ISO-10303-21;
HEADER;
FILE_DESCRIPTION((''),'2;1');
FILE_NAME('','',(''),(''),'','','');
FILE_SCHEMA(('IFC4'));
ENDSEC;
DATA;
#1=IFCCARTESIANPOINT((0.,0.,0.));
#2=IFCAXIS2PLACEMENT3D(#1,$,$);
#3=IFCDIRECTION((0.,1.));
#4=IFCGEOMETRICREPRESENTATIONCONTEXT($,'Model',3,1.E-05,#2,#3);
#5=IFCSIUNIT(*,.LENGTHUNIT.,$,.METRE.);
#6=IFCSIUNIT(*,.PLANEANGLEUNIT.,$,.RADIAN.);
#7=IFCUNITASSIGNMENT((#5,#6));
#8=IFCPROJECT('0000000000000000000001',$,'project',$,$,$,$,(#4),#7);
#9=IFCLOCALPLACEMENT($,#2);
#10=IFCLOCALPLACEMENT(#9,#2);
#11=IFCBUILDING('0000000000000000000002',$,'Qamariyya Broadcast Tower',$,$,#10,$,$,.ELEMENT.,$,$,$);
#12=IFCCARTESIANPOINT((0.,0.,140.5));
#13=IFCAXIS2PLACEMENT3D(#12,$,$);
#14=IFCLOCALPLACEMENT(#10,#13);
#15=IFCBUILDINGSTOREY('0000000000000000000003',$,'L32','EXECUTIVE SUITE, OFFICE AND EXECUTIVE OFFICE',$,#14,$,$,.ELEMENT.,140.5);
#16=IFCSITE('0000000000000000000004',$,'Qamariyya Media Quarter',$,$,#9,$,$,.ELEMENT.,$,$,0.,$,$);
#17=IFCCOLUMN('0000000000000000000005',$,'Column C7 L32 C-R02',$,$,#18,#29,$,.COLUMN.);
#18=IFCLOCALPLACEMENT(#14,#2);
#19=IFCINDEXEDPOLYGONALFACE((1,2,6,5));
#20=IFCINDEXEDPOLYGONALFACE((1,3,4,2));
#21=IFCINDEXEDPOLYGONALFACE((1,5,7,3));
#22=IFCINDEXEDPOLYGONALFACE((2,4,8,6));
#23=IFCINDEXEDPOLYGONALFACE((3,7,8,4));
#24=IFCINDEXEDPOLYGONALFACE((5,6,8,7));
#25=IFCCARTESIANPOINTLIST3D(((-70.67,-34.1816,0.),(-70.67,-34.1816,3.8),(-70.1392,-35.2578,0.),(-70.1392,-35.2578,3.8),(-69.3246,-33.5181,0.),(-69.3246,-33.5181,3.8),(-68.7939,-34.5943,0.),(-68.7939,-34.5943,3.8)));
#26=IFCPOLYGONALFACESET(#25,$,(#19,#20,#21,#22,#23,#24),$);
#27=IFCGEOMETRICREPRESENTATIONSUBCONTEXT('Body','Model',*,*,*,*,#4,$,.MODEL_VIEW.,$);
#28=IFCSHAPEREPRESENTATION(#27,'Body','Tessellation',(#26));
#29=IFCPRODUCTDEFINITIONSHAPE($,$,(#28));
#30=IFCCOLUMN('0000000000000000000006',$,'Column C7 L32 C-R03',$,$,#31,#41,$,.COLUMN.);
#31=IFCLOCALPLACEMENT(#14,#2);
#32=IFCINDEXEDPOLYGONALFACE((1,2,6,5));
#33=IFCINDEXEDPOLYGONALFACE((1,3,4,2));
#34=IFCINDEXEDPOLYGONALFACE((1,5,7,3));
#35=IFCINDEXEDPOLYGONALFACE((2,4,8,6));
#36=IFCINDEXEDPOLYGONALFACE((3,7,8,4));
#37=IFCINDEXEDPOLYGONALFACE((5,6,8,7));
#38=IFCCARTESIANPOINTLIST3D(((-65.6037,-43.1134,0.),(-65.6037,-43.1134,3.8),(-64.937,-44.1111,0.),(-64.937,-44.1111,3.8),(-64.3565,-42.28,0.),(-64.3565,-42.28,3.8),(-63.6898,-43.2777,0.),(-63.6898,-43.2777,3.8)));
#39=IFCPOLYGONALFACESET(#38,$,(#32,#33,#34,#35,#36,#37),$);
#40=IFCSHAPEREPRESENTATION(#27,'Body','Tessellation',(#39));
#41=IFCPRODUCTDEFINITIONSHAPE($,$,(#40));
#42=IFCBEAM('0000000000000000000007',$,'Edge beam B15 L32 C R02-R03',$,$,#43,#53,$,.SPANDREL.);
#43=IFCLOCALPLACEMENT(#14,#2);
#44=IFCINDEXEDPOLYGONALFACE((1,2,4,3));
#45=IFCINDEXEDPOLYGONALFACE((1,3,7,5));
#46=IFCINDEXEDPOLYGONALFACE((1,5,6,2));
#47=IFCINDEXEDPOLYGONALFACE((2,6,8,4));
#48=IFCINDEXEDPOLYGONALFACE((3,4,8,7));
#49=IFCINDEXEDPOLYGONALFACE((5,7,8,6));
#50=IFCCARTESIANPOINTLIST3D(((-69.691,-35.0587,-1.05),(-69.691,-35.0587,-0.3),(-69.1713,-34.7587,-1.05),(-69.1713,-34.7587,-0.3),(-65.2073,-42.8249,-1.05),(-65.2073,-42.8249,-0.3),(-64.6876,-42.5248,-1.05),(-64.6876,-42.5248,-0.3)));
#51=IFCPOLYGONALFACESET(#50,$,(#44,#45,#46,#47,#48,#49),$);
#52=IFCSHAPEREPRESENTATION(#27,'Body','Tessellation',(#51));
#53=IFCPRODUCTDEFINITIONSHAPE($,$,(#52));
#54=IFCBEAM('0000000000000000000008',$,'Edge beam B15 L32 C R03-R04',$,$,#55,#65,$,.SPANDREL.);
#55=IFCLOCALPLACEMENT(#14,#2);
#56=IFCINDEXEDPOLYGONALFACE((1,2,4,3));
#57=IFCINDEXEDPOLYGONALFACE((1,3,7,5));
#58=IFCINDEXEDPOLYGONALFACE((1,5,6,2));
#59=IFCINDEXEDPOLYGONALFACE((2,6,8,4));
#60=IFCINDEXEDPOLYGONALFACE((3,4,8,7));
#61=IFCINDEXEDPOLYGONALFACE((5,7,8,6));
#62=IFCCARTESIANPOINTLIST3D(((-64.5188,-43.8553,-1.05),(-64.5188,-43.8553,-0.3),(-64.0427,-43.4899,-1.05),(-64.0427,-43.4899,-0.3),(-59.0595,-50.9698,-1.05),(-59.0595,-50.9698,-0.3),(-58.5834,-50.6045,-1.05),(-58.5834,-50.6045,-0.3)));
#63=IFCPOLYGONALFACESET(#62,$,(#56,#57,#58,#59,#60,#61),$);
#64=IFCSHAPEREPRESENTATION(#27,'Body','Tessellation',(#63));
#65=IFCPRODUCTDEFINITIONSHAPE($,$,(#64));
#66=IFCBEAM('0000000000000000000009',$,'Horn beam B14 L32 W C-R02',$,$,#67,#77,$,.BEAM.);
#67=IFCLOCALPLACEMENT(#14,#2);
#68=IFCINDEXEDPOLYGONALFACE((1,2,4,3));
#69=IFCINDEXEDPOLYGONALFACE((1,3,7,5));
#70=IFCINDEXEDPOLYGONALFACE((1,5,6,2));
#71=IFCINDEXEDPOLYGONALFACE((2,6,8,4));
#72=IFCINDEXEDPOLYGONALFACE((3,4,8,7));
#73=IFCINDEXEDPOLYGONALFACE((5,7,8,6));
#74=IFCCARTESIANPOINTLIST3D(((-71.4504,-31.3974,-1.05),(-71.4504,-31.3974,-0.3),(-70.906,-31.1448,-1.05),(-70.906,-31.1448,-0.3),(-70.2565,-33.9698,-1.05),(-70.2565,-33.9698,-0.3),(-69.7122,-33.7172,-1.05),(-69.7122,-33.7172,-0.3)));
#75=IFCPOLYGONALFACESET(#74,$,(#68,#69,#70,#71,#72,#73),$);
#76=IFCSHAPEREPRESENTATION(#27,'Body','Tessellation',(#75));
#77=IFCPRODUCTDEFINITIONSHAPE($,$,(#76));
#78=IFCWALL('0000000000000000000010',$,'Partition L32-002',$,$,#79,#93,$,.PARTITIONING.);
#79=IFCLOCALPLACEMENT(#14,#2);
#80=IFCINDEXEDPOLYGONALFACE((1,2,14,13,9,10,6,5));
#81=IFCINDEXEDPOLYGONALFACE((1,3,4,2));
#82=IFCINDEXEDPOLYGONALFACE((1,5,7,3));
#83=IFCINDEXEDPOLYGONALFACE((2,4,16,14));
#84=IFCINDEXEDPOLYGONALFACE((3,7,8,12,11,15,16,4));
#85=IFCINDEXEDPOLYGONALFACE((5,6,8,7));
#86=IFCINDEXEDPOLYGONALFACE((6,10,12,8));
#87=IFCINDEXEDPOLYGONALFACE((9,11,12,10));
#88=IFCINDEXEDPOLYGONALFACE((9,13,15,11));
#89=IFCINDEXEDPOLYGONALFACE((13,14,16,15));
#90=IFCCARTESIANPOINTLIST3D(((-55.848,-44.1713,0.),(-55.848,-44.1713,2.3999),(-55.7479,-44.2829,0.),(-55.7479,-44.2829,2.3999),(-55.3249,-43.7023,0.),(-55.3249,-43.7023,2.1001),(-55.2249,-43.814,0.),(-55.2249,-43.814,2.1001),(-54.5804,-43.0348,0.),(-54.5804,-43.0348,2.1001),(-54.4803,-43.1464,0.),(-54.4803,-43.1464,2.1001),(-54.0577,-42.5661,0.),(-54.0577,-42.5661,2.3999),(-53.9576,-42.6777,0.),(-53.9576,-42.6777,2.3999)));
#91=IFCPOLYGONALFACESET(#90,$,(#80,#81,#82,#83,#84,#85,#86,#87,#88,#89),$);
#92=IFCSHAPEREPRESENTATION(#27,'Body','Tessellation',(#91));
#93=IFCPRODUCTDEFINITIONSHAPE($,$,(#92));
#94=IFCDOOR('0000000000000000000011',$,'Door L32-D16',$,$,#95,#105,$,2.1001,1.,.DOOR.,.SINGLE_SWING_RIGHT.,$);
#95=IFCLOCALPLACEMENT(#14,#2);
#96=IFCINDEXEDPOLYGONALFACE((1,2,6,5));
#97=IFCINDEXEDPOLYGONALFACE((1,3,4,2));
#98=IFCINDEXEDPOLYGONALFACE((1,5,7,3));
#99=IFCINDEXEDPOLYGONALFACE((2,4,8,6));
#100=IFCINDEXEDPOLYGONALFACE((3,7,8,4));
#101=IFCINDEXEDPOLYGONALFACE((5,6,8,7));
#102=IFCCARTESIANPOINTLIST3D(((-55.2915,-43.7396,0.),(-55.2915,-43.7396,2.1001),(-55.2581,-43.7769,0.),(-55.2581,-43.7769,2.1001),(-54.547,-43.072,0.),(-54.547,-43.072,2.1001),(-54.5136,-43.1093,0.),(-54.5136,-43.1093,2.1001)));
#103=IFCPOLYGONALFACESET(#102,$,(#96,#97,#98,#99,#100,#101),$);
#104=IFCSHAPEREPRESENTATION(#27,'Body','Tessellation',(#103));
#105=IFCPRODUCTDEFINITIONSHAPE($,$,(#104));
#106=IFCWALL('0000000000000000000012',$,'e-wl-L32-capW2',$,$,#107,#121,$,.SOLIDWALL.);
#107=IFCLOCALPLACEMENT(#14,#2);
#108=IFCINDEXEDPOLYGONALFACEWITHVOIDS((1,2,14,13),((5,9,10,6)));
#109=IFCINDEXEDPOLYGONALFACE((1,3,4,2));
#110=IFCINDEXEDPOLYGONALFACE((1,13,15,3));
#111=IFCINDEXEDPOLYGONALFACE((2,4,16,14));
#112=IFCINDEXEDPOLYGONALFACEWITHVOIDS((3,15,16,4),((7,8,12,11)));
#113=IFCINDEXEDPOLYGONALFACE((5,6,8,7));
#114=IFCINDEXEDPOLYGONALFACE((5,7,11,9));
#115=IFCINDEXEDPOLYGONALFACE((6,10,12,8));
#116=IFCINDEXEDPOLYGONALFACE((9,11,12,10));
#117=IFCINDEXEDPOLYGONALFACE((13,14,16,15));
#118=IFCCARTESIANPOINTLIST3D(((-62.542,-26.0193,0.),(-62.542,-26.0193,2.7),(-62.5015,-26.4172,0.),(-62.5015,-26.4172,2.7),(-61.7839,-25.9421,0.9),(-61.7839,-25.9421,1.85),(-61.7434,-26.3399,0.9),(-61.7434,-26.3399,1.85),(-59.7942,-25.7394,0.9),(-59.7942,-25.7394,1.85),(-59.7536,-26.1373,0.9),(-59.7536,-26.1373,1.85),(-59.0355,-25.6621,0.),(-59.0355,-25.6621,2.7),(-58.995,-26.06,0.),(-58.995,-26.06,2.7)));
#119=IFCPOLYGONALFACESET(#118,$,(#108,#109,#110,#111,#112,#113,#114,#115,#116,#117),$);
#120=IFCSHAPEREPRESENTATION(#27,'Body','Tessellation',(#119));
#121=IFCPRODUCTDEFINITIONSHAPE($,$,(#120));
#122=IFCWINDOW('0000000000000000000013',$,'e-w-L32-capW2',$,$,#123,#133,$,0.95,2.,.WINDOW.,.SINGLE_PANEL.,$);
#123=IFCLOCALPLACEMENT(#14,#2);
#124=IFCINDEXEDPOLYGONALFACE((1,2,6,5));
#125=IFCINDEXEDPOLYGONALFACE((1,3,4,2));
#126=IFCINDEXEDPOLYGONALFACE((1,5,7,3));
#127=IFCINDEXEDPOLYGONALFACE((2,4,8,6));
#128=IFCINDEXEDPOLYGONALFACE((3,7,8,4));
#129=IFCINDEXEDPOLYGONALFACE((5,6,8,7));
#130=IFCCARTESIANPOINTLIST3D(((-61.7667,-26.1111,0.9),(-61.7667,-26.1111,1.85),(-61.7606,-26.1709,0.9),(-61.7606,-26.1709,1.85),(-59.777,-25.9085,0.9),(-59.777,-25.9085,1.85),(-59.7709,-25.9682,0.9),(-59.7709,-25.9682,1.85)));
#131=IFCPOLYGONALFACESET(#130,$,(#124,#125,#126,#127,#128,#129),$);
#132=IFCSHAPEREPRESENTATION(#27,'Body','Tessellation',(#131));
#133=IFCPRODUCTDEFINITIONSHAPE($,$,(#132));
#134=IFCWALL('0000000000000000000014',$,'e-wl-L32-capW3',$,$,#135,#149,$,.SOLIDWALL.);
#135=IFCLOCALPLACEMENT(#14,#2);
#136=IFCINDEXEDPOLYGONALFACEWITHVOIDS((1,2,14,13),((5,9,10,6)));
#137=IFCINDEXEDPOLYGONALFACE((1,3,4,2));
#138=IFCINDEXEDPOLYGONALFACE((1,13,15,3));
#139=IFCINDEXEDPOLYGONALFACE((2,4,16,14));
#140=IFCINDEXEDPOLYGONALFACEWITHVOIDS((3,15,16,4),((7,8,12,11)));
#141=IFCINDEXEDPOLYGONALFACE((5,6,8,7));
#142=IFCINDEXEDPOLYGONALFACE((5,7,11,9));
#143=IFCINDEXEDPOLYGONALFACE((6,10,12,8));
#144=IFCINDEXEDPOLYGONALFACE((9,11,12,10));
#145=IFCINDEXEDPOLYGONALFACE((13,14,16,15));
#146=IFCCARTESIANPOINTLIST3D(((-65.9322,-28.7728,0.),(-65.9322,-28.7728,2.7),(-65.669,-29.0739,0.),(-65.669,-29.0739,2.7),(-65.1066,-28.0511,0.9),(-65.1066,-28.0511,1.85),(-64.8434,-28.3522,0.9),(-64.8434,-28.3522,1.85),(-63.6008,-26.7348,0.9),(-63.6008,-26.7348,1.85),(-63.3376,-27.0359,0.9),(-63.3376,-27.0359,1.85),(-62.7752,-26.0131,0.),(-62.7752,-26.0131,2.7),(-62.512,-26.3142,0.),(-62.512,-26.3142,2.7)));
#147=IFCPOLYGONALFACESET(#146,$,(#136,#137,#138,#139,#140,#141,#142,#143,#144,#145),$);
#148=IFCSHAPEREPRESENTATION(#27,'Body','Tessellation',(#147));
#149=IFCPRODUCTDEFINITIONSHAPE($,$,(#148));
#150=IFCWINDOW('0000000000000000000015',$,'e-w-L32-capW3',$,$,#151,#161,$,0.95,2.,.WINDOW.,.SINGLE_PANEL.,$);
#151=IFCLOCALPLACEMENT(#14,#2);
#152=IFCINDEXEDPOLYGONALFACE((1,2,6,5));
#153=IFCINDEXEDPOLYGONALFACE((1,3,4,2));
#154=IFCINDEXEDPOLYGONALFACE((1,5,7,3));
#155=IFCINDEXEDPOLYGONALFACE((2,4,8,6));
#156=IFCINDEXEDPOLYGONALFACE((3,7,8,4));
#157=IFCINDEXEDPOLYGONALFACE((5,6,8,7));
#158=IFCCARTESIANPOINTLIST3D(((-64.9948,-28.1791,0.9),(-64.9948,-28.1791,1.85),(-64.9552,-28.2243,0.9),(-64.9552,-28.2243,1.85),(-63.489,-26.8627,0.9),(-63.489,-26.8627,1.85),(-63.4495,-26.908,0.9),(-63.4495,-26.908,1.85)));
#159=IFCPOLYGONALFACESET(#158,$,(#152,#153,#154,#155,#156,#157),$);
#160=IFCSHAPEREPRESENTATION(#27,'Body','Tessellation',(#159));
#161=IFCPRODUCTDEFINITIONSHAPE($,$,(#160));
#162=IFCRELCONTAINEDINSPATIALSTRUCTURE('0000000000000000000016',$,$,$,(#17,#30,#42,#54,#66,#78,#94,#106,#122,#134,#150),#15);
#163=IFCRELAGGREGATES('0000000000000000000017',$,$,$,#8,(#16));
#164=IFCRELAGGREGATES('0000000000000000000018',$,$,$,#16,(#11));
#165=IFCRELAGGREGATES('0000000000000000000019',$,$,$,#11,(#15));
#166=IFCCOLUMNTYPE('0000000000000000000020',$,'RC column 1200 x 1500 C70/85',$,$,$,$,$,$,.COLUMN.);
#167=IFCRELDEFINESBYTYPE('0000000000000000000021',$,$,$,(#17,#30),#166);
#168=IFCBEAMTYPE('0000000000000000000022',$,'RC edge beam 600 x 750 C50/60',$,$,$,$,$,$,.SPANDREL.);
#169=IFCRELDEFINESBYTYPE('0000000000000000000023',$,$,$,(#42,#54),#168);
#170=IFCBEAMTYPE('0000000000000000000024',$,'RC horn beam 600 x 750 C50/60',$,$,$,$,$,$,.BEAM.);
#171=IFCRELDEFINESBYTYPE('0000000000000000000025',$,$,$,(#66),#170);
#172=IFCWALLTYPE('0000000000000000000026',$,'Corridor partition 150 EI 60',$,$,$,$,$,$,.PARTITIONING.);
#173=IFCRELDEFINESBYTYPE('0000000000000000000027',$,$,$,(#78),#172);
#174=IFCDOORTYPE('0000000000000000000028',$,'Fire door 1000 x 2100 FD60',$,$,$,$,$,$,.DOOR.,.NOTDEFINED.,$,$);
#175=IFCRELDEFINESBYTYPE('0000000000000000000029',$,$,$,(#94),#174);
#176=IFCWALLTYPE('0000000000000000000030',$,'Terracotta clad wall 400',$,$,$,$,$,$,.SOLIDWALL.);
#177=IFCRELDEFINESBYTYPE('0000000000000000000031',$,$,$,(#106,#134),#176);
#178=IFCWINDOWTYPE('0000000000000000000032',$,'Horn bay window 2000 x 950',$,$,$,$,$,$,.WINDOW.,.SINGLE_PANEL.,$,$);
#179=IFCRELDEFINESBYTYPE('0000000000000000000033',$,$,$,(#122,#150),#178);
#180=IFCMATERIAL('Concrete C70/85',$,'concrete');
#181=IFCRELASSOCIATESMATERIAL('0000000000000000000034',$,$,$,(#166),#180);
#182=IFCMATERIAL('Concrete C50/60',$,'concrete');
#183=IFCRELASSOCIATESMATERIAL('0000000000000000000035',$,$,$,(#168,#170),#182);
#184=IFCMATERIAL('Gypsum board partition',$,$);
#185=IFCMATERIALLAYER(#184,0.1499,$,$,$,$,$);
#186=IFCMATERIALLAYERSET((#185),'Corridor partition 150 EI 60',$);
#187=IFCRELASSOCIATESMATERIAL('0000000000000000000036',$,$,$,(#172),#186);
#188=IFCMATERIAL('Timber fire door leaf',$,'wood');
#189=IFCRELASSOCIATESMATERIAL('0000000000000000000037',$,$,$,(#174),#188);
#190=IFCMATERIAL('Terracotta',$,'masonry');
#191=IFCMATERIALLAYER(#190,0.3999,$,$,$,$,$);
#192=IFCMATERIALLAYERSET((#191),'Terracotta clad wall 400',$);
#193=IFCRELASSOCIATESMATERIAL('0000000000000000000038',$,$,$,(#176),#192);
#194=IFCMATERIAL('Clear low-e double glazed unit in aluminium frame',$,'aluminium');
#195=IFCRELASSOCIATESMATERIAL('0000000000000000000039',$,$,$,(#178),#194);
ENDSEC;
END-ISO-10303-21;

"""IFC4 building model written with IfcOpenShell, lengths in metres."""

from ifc_helpers import new_model, si_unit, direction, frame, frame_2d, origin, origin_2d, place, context, subcontext, project, spatial, rectangle, extrude, material, layer, layer_set, material_profile, profile_set, type_object, element, fill, save


model = new_model("IFC4")

# Units and contexts
model_context = context("Model", 3, precision=1e-05, world=origin(), true_north=direction((0.0, 1.0)))
body_context = subcontext(model_context, "Body", "Model", "MODEL_VIEW")
ifc_project = project(units=[si_unit("LENGTHUNIT", "METRE"), si_unit("PLANEANGLEUNIT", "RADIAN")], contexts=[model_context])

# Site, building, storey
site_placement = place(None, origin())
site = spatial("IfcSite", under=ifc_project, at=site_placement, Name="Qamariyya Media Quarter", CompositionType="ELEMENT", RefElevation=0.0)
building_placement = place(site_placement, origin())
building = spatial("IfcBuilding", under=site, at=building_placement, Name="Qamariyya Broadcast Tower", CompositionType="ELEMENT")
storey_placement = place(building_placement, frame((0.0, 0.0, 140.5)))
storey = spatial("IfcBuildingStorey", under=building, at=storey_placement, Name="L32", Description="EXECUTIVE SUITE, OFFICE AND EXECUTIVE OFFICE", CompositionType="ELEMENT", Elevation=140.5)

# Columns
ifc_material_1 = material(Name="Concrete C70/85", Category="concrete")
ifc_material_profile_1 = material_profile(ifc_material_1, rectangle(XDim=1.2, YDim=1.5, at=origin_2d()))
ifc_profile_set_1 = profile_set([ifc_material_profile_1], Name="Concrete C70/85")
column_type = type_object("IfcColumnType", Name="RC column 1200 x 1500 C70/85", PredefinedType="COLUMN", material=ifc_profile_set_1)
for number, where, z_axis, x_axis, name in (
    (1, (-69.7319, -34.3879, 0.0), (0.0, 0.0, 1.0), (0.442289, -0.896873, 0.0), "Column C7 L32 C-R02"),
    (2, (-64.6467, -43.1956, 0.0), (0.0, 0.0, 1.0), (0.55557, -0.83147, 0.0), "Column C7 L32 C-R03"),
):
    element("IfcColumn", number, at=place(storey_placement, frame(where, z_axis=z_axis, x_axis=x_axis)), inside=storey, type_object=column_type, Name=name, PredefinedType="COLUMN", context=body_context, shape_type="SweptSolid", body=[
        extrude(rectangle(XDim=1.2, YDim=1.5, at=origin_2d()), origin(), (0.0, 0.0, 1.0), 3.8),
    ])

# Beams
ifc_material_2 = material(Name="Concrete C50/60", Category="concrete")
ifc_material_profile_2 = material_profile(ifc_material_2, rectangle(XDim=0.6001, YDim=0.75, at=origin_2d()))
ifc_profile_set_2 = profile_set([ifc_material_profile_2], Name="Concrete C50/60")
beam_type_1 = type_object("IfcBeamType", Name="RC edge beam 600 x 750 C50/60", PredefinedType="SPANDREL", material=ifc_profile_set_2)
beam_1_placement = place(storey_placement, frame((-69.4312, -34.9087, -0.675), z_axis=(0.49999, -0.866031, 0.0), x_axis=(0.866031, 0.49999, 0.0)))
element("IfcBeam", 3, at=beam_1_placement, inside=storey, type_object=beam_type_1, Name="Edge beam B15 L32 C R02-R03", PredefinedType="SPANDREL", context=body_context, shape_type="SweptSolid", body=[
    extrude(rectangle(XDim=0.6001, YDim=0.75, at=origin_2d()), origin(), (0.0, 0.0, 1.0), 8.9675),
])
beam_2_placement = place(storey_placement, frame((-64.2808, -43.6726, -0.675), z_axis=(0.608767, -0.793349, 0.0), x_axis=(0.793349, 0.608767, 0.0)))
element("IfcBeam", 4, at=beam_2_placement, inside=storey, type_object=beam_type_1, Name="Edge beam B15 L32 C R03-R04", PredefinedType="SPANDREL", context=body_context, shape_type="SweptSolid", body=[
    extrude(rectangle(XDim=0.6001, YDim=0.75, at=origin_2d()), origin(), (0.0, 0.0, 1.0), 8.9678),
])
ifc_material_profile_3 = material_profile(ifc_material_2, rectangle(XDim=0.6001, YDim=0.75, at=origin_2d()))
ifc_profile_set_3 = profile_set([ifc_material_profile_3], Name="Concrete C50/60")
beam_type_2 = type_object("IfcBeamType", Name="RC horn beam 600 x 750 C50/60", PredefinedType="BEAM", material=ifc_profile_set_3)
beam_3_placement = place(storey_placement, frame((-69.9844, -33.8435, -0.675), z_axis=(-0.420957, 0.907081, 0.0), x_axis=(-0.907081, -0.420957, 0.0)))
element("IfcBeam", 5, at=beam_3_placement, inside=storey, type_object=beam_type_2, Name="Horn beam B14 L32 W C-R02", PredefinedType="BEAM", context=body_context, shape_type="SweptSolid", body=[
    extrude(rectangle(XDim=0.6001, YDim=0.75, at=origin_2d()), origin(), (0.0, 0.0, 1.0), 2.8359),
])

# Wall, opening, door
ifc_material_3 = material(Name="Gypsum board partition")
ifc_layer_1 = layer(ifc_material_3, 0.1499)
ifc_layer_set_1 = layer_set([ifc_layer_1], Name="Corridor partition 150 EI 60")
wall_type_1 = type_object("IfcWallType", Name="Corridor partition 150 EI 60", PredefinedType="PARTITIONING", material=ifc_layer_set_1)
wall_1_placement = place(storey_placement, frame((-55.7979, -44.2271, 0.0), z_axis=(0.0, 0.0, 1.0), x_axis=(0.74454, 0.667578, 0.0)))
wall_1 = element("IfcWall", 6, at=wall_1_placement, inside=storey, type_object=wall_type_1, Name="Partition L32-002", PredefinedType="PARTITIONING", context=body_context, shape_type="SweptSolid", body=[
    extrude(rectangle(XDim=2.4045, YDim=0.1499, at=frame_2d((1.2021, 0.0))), origin(), (0.0, 0.0, 1.0), 2.3999),
])
opening_1_placement = place(wall_1_placement, frame((0.7024, 0.0, 0.0)))
opening_1 = element("IfcOpeningElement", 7, at=opening_1_placement, cuts=wall_1, PredefinedType="OPENING", context=body_context, shape_type="SweptSolid", body=[
    extrude(rectangle(XDim=1.0, YDim=2.1001, at=frame_2d((0.5, 1.05))), frame((0.0, 0.085, 0.0), z_axis=(0.0, -1.0, 0.0), x_axis=(1.0, 0.0, 0.0)), (0.0, 0.0, 1.0), 0.1699),
])
ifc_material_4 = material(Name="Timber fire door leaf", Category="wood")
door_type = type_object("IfcDoorType", Name="Fire door 1000 x 2100 FD60", OperationType="NOTDEFINED", PredefinedType="DOOR", material=ifc_material_4)
door_placement = place(opening_1_placement, origin())
door = element("IfcDoor", 8, at=door_placement, inside=storey, type_object=door_type, Name="Door L32-D16", OperationType="SINGLE_SWING_RIGHT", OverallHeight=2.1001, OverallWidth=1.0, PredefinedType="DOOR", context=body_context, shape_type="SweptSolid", body=[
    extrude(rectangle(XDim=1.0, YDim=2.1001, at=frame_2d((0.5, 1.05))), frame((0.0, 0.0249, 0.0), z_axis=(0.0, -1.0, 0.0), x_axis=(1.0, 0.0, 0.0)), (0.0, 0.0, 1.0), 0.05),
])
fill(opening_1, door)

# Walls, openings, windows
ifc_material_5 = material(Name="Terracotta", Category="masonry")
ifc_layer_2 = layer(ifc_material_5, 0.3999)
ifc_layer_set_2 = layer_set([ifc_layer_2], Name="Terracotta clad wall 400")
wall_type_2 = type_object("IfcWallType", Name="Terracotta clad wall 400", PredefinedType="SOLIDWALL", material=ifc_layer_set_2)
wall_2_placement = place(storey_placement, frame((-59.0154, -25.8611, 0.0), z_axis=(0.0, 0.0, 1.0), x_axis=(-0.994852, -0.101335, 0.0)))
wall_2 = element("IfcWall", 9, at=wall_2_placement, inside=storey, type_object=wall_type_2, Name="e-wl-L32-capW2", PredefinedType="SOLIDWALL", context=body_context, shape_type="SweptSolid", body=[
    extrude(rectangle(XDim=3.5247, YDim=0.3999, at=frame_2d((1.7622, 0.0))), origin(), (0.0, 0.0, 1.0), 2.7),
])
opening_2_placement = place(wall_2_placement, frame((0.7625, 0.0, 0.8999)))
opening_2 = element("IfcOpeningElement", 10, at=opening_2_placement, cuts=wall_2, PredefinedType="OPENING", context=body_context, shape_type="SweptSolid", body=[
    extrude(rectangle(XDim=2.0, YDim=0.95, at=frame_2d((1.0, 0.4751))), frame((0.0, 0.21, 0.0), z_axis=(0.0, -1.0, 0.0), x_axis=(1.0, 0.0, 0.0)), (0.0, 0.0, 1.0), 0.4199),
])
ifc_material_6 = material(Name="Clear low-e double glazed unit in aluminium frame", Category="aluminium")
window_type = type_object("IfcWindowType", Name="Horn bay window 2000 x 950", PartitioningType="SINGLE_PANEL", PredefinedType="WINDOW", material=ifc_material_6)
window_1_placement = place(opening_2_placement, origin())
window_1 = element("IfcWindow", 11, at=window_1_placement, inside=storey, type_object=window_type, Name="e-w-L32-capW2", OverallHeight=0.95, OverallWidth=2.0, PartitioningType="SINGLE_PANEL", PredefinedType="WINDOW", context=body_context, shape_type="SweptSolid", body=[
    extrude(rectangle(XDim=2.0, YDim=0.95, at=frame_2d((1.0, 0.4751))), frame((0.0, 0.03, 0.0), z_axis=(0.0, -1.0, 0.0), x_axis=(1.0, 0.0, 0.0)), (0.0, 0.0, 1.0), 0.0601),
])
fill(opening_2, window_1)
wall_3_placement = place(storey_placement, frame((-62.6436, -26.1636, 0.0), z_axis=(0.0, 0.0, 1.0), x_axis=(-0.752883, -0.658154, 0.0)))
wall_3 = element("IfcWall", 12, at=wall_3_placement, inside=storey, type_object=wall_type_2, Name="e-wl-L32-capW3", PredefinedType="SOLIDWALL", context=body_context, shape_type="SweptSolid", body=[
    extrude(rectangle(XDim=4.1931, YDim=0.3999, at=frame_2d((2.0967, 0.0))), origin(), (0.0, 0.0, 1.0), 2.7),
])
opening_3_placement = place(wall_3_placement, frame((1.0967, 0.0, 0.8999)))
opening_3 = element("IfcOpeningElement", 13, at=opening_3_placement, cuts=wall_3, PredefinedType="OPENING", context=body_context, shape_type="SweptSolid", body=[
    extrude(rectangle(XDim=2.0, YDim=0.95, at=frame_2d((1.0, 0.4751))), frame((0.0, 0.21, 0.0), z_axis=(0.0, -1.0, 0.0), x_axis=(1.0, 0.0, 0.0)), (0.0, 0.0, 1.0), 0.4199),
])
window_2_placement = place(opening_3_placement, origin())
window_2 = element("IfcWindow", 14, at=window_2_placement, inside=storey, type_object=window_type, Name="e-w-L32-capW3", OverallHeight=0.95, OverallWidth=2.0, PartitioningType="SINGLE_PANEL", PredefinedType="WINDOW", context=body_context, shape_type="SweptSolid", body=[
    extrude(rectangle(XDim=2.0, YDim=0.95, at=frame_2d((1.0, 0.4751))), frame((0.0, 0.03, 0.0), z_axis=(0.0, -1.0, 0.0), x_axis=(1.0, 0.0, 0.0)), (0.0, 0.0, 1.0), 0.0601),
])
fill(opening_3, window_2)

save(model, "model.ifc")
